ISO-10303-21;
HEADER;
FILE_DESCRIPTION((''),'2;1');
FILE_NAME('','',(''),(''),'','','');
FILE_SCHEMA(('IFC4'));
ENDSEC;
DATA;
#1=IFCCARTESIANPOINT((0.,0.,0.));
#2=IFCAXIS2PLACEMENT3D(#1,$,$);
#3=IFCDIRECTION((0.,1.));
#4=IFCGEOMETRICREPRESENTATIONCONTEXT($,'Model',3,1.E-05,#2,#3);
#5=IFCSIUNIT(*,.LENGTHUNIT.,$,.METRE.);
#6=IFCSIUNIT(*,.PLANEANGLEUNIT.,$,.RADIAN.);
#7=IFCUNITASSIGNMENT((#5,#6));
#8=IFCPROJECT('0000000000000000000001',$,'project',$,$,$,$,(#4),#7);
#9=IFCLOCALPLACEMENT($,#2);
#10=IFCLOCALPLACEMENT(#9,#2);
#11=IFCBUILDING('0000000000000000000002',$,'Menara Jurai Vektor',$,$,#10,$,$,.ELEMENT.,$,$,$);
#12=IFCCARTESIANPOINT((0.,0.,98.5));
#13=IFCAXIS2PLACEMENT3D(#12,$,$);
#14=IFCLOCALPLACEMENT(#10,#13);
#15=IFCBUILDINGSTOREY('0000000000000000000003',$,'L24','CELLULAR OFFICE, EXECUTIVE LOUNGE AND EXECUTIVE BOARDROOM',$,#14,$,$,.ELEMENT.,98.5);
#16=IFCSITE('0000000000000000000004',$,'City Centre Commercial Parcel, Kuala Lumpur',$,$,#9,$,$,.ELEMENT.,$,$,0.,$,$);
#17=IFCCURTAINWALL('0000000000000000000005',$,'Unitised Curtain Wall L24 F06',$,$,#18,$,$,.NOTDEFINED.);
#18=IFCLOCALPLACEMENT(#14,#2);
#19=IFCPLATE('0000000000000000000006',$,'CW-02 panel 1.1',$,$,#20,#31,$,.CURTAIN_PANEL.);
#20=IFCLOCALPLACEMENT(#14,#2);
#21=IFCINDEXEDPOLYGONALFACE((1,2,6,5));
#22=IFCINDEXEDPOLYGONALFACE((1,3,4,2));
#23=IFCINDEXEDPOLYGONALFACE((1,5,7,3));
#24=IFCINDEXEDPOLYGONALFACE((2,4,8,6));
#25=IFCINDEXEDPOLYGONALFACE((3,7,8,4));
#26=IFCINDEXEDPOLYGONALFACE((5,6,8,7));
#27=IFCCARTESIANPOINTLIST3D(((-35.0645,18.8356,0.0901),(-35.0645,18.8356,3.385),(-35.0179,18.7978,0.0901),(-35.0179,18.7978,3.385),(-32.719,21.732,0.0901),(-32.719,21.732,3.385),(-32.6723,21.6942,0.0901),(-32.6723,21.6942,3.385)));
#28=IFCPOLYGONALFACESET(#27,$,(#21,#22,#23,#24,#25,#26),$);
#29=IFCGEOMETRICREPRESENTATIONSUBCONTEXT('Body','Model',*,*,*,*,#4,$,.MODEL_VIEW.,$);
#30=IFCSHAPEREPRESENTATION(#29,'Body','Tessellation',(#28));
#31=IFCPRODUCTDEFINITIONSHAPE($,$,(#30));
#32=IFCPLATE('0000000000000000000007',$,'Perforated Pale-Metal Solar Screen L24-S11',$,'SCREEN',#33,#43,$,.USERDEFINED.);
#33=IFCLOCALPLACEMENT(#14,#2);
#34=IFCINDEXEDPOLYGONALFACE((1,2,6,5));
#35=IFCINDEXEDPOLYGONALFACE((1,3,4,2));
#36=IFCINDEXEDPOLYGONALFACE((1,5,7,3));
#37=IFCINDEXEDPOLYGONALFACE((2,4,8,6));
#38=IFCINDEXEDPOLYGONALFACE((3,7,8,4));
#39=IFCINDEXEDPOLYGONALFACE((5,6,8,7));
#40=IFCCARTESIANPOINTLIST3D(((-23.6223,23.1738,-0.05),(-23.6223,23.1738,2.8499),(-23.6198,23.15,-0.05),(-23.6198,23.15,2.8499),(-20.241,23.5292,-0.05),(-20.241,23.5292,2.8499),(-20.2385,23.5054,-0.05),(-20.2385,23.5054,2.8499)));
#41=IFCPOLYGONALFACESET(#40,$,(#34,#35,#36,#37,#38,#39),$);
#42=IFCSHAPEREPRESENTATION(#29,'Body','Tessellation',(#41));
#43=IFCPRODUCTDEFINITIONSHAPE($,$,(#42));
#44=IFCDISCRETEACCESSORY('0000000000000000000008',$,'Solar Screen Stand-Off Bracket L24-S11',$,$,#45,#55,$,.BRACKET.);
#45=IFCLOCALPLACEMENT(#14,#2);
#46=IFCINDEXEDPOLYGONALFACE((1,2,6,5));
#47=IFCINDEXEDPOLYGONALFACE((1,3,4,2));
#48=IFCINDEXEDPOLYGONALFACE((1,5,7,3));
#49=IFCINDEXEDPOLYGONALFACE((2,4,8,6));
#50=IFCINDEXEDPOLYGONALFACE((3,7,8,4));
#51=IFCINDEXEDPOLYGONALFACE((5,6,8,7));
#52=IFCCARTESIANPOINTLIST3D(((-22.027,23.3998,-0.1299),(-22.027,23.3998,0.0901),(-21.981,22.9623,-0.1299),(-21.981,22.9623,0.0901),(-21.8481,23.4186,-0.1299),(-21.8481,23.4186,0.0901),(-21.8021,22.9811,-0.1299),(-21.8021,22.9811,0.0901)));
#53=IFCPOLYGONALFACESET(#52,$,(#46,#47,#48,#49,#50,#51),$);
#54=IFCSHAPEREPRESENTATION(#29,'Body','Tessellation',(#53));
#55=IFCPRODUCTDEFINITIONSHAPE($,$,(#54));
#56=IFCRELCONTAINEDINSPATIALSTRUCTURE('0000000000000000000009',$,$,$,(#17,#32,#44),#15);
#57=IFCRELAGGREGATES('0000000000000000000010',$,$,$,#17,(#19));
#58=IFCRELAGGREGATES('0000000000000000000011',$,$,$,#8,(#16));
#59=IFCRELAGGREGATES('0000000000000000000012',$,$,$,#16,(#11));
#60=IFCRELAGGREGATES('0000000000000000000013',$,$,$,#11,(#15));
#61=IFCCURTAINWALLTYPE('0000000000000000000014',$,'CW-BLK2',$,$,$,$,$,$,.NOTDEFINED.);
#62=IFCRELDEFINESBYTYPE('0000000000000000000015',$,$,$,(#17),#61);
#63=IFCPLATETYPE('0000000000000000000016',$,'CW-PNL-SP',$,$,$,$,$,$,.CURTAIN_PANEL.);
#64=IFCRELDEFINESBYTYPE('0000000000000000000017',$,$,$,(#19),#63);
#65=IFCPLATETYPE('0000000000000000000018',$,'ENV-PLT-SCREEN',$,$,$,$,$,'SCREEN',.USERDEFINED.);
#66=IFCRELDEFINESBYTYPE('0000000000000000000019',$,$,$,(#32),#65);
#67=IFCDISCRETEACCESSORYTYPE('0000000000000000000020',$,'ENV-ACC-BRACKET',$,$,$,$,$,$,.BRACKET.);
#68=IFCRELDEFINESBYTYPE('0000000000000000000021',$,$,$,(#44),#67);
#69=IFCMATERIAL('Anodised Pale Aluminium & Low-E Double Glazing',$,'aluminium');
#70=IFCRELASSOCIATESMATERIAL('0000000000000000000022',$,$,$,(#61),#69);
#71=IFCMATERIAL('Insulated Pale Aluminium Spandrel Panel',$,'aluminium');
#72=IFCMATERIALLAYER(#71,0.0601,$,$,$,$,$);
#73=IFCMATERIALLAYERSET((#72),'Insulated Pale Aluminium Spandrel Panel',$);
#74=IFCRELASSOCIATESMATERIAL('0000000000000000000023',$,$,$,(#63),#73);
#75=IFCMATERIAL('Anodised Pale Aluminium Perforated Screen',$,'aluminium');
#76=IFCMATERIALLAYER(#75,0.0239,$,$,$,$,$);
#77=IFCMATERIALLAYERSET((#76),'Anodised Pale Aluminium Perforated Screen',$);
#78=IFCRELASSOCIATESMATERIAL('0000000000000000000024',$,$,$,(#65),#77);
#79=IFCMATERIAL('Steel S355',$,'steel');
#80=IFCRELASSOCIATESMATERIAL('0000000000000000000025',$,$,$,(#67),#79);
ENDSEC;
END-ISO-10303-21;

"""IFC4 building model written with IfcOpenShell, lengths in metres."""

from ifc_helpers import new_model, si_unit, direction, frame, origin, origin_2d, place, context, subcontext, project, spatial, rectangle, extrude, material, layer, layer_set, type_object, element, aggregate, save


model = new_model("IFC4")

# Units and contexts
model_context = context("Model", 3, precision=1e-05, world=origin(), true_north=direction((0.0, 1.0)))
body_context = subcontext(model_context, "Body", "Model", "MODEL_VIEW")
ifc_project = project(units=[si_unit("LENGTHUNIT", "METRE"), si_unit("PLANEANGLEUNIT", "RADIAN")], contexts=[model_context])

# Site, building, storey
site_placement = place(None, origin())
site = spatial("IfcSite", under=ifc_project, at=site_placement, Name="City Centre Commercial Parcel, Kuala Lumpur", CompositionType="ELEMENT", RefElevation=0.0)
building_placement = place(site_placement, origin())
building = spatial("IfcBuilding", under=site, at=building_placement, Name="Menara Jurai Vektor", CompositionType="ELEMENT")
storey_placement = place(building_placement, frame((0.0, 0.0, 98.5)))
storey = spatial("IfcBuildingStorey", under=building, at=storey_placement, Name="L24", Description="CELLULAR OFFICE, EXECUTIVE LOUNGE AND EXECUTIVE BOARDROOM", CompositionType="ELEMENT", Elevation=98.5)

# Curtain wall
ifc_material_1 = material(Name="Anodised Pale Aluminium & Low-E Double Glazing", Category="aluminium")
curtain_wall_type = type_object("IfcCurtainWallType", Name="CW-BLK2", PredefinedType="NOTDEFINED", material=ifc_material_1)
curtain_wall_1_placement = place(storey_placement, origin())
curtain_wall_1 = element("IfcCurtainWall", 1, at=curtain_wall_1_placement, inside=storey, type_object=curtain_wall_type, Name="Unitised Curtain Wall L24 F06", PredefinedType="NOTDEFINED")

# Shared definitions
ifc_material_2 = material(Name="Steel S355", Category="steel")

# Plates
ifc_material_3 = material(Name="Insulated Pale Aluminium Spandrel Panel", Category="aluminium")
ifc_layer_1 = layer(ifc_material_3, 0.0601)
ifc_layer_set_1 = layer_set([ifc_layer_1], Name="Insulated Pale Aluminium Spandrel Panel")
plate_type_1 = type_object("IfcPlateType", Name="CW-PNL-SP", PredefinedType="CURTAIN_PANEL", material=ifc_layer_set_1)
plate_1_placement = place(storey_placement, frame((-33.8684, 20.2649, 0.0901), z_axis=(0.0, 0.0, 1.0), x_axis=(-0.629341, -0.777129, 0.0)))
plate_1 = element("IfcPlate", 2, at=plate_1_placement, type_object=plate_type_1, Name="CW-02 panel 1.1", PredefinedType="CURTAIN_PANEL", context=body_context, shape_type="SweptSolid", body=[
    extrude(rectangle(XDim=3.7271, YDim=0.0601, at=origin_2d()), origin(), (0.0, 0.0, 1.0), 3.2949),
])
aggregate(curtain_wall_1, [plate_1])
ifc_material_4 = material(Name="Anodised Pale Aluminium Perforated Screen", Category="aluminium")
ifc_layer_2 = layer(ifc_material_4, 0.0239)
ifc_layer_set_2 = layer_set([ifc_layer_2], Name="Anodised Pale Aluminium Perforated Screen")
plate_type_2 = type_object("IfcPlateType", Name="ENV-PLT-SCREEN", ElementType="SCREEN", PredefinedType="USERDEFINED", material=ifc_layer_set_2)
plate_2_placement = place(storey_placement, frame((-21.9304, 23.3396, -0.05), z_axis=(0.0, 0.0, 1.0), x_axis=(-0.994522, -0.104528, 0.0)))
element("IfcPlate", 3, at=plate_2_placement, inside=storey, type_object=plate_type_2, Name="Perforated Pale-Metal Solar Screen L24-S11", ObjectType="SCREEN", PredefinedType="USERDEFINED", context=body_context, shape_type="SweptSolid", body=[
    extrude(rectangle(XDim=3.3999, YDim=0.0239, at=origin_2d()), origin(), (0.0, 0.0, 1.0), 2.8999),
])

# Discrete accessory
discrete_accessory_type = type_object("IfcDiscreteAccessoryType", Name="ENV-ACC-BRACKET", PredefinedType="BRACKET", material=ifc_material_2)
discrete_accessory_placement = place(storey_placement, frame((-21.9146, 23.1904, -0.1299), z_axis=(0.0, 0.0, 1.0), x_axis=(-0.994522, -0.104528, 0.0)))
element("IfcDiscreteAccessory", 4, at=discrete_accessory_placement, inside=storey, type_object=discrete_accessory_type, Name="Solar Screen Stand-Off Bracket L24-S11", PredefinedType="BRACKET", context=body_context, shape_type="SweptSolid", body=[
    extrude(rectangle(XDim=0.1799, YDim=0.4399, at=origin_2d()), origin(), (0.0, 0.0, 1.0), 0.22),
])

save(model, "model.ifc")
